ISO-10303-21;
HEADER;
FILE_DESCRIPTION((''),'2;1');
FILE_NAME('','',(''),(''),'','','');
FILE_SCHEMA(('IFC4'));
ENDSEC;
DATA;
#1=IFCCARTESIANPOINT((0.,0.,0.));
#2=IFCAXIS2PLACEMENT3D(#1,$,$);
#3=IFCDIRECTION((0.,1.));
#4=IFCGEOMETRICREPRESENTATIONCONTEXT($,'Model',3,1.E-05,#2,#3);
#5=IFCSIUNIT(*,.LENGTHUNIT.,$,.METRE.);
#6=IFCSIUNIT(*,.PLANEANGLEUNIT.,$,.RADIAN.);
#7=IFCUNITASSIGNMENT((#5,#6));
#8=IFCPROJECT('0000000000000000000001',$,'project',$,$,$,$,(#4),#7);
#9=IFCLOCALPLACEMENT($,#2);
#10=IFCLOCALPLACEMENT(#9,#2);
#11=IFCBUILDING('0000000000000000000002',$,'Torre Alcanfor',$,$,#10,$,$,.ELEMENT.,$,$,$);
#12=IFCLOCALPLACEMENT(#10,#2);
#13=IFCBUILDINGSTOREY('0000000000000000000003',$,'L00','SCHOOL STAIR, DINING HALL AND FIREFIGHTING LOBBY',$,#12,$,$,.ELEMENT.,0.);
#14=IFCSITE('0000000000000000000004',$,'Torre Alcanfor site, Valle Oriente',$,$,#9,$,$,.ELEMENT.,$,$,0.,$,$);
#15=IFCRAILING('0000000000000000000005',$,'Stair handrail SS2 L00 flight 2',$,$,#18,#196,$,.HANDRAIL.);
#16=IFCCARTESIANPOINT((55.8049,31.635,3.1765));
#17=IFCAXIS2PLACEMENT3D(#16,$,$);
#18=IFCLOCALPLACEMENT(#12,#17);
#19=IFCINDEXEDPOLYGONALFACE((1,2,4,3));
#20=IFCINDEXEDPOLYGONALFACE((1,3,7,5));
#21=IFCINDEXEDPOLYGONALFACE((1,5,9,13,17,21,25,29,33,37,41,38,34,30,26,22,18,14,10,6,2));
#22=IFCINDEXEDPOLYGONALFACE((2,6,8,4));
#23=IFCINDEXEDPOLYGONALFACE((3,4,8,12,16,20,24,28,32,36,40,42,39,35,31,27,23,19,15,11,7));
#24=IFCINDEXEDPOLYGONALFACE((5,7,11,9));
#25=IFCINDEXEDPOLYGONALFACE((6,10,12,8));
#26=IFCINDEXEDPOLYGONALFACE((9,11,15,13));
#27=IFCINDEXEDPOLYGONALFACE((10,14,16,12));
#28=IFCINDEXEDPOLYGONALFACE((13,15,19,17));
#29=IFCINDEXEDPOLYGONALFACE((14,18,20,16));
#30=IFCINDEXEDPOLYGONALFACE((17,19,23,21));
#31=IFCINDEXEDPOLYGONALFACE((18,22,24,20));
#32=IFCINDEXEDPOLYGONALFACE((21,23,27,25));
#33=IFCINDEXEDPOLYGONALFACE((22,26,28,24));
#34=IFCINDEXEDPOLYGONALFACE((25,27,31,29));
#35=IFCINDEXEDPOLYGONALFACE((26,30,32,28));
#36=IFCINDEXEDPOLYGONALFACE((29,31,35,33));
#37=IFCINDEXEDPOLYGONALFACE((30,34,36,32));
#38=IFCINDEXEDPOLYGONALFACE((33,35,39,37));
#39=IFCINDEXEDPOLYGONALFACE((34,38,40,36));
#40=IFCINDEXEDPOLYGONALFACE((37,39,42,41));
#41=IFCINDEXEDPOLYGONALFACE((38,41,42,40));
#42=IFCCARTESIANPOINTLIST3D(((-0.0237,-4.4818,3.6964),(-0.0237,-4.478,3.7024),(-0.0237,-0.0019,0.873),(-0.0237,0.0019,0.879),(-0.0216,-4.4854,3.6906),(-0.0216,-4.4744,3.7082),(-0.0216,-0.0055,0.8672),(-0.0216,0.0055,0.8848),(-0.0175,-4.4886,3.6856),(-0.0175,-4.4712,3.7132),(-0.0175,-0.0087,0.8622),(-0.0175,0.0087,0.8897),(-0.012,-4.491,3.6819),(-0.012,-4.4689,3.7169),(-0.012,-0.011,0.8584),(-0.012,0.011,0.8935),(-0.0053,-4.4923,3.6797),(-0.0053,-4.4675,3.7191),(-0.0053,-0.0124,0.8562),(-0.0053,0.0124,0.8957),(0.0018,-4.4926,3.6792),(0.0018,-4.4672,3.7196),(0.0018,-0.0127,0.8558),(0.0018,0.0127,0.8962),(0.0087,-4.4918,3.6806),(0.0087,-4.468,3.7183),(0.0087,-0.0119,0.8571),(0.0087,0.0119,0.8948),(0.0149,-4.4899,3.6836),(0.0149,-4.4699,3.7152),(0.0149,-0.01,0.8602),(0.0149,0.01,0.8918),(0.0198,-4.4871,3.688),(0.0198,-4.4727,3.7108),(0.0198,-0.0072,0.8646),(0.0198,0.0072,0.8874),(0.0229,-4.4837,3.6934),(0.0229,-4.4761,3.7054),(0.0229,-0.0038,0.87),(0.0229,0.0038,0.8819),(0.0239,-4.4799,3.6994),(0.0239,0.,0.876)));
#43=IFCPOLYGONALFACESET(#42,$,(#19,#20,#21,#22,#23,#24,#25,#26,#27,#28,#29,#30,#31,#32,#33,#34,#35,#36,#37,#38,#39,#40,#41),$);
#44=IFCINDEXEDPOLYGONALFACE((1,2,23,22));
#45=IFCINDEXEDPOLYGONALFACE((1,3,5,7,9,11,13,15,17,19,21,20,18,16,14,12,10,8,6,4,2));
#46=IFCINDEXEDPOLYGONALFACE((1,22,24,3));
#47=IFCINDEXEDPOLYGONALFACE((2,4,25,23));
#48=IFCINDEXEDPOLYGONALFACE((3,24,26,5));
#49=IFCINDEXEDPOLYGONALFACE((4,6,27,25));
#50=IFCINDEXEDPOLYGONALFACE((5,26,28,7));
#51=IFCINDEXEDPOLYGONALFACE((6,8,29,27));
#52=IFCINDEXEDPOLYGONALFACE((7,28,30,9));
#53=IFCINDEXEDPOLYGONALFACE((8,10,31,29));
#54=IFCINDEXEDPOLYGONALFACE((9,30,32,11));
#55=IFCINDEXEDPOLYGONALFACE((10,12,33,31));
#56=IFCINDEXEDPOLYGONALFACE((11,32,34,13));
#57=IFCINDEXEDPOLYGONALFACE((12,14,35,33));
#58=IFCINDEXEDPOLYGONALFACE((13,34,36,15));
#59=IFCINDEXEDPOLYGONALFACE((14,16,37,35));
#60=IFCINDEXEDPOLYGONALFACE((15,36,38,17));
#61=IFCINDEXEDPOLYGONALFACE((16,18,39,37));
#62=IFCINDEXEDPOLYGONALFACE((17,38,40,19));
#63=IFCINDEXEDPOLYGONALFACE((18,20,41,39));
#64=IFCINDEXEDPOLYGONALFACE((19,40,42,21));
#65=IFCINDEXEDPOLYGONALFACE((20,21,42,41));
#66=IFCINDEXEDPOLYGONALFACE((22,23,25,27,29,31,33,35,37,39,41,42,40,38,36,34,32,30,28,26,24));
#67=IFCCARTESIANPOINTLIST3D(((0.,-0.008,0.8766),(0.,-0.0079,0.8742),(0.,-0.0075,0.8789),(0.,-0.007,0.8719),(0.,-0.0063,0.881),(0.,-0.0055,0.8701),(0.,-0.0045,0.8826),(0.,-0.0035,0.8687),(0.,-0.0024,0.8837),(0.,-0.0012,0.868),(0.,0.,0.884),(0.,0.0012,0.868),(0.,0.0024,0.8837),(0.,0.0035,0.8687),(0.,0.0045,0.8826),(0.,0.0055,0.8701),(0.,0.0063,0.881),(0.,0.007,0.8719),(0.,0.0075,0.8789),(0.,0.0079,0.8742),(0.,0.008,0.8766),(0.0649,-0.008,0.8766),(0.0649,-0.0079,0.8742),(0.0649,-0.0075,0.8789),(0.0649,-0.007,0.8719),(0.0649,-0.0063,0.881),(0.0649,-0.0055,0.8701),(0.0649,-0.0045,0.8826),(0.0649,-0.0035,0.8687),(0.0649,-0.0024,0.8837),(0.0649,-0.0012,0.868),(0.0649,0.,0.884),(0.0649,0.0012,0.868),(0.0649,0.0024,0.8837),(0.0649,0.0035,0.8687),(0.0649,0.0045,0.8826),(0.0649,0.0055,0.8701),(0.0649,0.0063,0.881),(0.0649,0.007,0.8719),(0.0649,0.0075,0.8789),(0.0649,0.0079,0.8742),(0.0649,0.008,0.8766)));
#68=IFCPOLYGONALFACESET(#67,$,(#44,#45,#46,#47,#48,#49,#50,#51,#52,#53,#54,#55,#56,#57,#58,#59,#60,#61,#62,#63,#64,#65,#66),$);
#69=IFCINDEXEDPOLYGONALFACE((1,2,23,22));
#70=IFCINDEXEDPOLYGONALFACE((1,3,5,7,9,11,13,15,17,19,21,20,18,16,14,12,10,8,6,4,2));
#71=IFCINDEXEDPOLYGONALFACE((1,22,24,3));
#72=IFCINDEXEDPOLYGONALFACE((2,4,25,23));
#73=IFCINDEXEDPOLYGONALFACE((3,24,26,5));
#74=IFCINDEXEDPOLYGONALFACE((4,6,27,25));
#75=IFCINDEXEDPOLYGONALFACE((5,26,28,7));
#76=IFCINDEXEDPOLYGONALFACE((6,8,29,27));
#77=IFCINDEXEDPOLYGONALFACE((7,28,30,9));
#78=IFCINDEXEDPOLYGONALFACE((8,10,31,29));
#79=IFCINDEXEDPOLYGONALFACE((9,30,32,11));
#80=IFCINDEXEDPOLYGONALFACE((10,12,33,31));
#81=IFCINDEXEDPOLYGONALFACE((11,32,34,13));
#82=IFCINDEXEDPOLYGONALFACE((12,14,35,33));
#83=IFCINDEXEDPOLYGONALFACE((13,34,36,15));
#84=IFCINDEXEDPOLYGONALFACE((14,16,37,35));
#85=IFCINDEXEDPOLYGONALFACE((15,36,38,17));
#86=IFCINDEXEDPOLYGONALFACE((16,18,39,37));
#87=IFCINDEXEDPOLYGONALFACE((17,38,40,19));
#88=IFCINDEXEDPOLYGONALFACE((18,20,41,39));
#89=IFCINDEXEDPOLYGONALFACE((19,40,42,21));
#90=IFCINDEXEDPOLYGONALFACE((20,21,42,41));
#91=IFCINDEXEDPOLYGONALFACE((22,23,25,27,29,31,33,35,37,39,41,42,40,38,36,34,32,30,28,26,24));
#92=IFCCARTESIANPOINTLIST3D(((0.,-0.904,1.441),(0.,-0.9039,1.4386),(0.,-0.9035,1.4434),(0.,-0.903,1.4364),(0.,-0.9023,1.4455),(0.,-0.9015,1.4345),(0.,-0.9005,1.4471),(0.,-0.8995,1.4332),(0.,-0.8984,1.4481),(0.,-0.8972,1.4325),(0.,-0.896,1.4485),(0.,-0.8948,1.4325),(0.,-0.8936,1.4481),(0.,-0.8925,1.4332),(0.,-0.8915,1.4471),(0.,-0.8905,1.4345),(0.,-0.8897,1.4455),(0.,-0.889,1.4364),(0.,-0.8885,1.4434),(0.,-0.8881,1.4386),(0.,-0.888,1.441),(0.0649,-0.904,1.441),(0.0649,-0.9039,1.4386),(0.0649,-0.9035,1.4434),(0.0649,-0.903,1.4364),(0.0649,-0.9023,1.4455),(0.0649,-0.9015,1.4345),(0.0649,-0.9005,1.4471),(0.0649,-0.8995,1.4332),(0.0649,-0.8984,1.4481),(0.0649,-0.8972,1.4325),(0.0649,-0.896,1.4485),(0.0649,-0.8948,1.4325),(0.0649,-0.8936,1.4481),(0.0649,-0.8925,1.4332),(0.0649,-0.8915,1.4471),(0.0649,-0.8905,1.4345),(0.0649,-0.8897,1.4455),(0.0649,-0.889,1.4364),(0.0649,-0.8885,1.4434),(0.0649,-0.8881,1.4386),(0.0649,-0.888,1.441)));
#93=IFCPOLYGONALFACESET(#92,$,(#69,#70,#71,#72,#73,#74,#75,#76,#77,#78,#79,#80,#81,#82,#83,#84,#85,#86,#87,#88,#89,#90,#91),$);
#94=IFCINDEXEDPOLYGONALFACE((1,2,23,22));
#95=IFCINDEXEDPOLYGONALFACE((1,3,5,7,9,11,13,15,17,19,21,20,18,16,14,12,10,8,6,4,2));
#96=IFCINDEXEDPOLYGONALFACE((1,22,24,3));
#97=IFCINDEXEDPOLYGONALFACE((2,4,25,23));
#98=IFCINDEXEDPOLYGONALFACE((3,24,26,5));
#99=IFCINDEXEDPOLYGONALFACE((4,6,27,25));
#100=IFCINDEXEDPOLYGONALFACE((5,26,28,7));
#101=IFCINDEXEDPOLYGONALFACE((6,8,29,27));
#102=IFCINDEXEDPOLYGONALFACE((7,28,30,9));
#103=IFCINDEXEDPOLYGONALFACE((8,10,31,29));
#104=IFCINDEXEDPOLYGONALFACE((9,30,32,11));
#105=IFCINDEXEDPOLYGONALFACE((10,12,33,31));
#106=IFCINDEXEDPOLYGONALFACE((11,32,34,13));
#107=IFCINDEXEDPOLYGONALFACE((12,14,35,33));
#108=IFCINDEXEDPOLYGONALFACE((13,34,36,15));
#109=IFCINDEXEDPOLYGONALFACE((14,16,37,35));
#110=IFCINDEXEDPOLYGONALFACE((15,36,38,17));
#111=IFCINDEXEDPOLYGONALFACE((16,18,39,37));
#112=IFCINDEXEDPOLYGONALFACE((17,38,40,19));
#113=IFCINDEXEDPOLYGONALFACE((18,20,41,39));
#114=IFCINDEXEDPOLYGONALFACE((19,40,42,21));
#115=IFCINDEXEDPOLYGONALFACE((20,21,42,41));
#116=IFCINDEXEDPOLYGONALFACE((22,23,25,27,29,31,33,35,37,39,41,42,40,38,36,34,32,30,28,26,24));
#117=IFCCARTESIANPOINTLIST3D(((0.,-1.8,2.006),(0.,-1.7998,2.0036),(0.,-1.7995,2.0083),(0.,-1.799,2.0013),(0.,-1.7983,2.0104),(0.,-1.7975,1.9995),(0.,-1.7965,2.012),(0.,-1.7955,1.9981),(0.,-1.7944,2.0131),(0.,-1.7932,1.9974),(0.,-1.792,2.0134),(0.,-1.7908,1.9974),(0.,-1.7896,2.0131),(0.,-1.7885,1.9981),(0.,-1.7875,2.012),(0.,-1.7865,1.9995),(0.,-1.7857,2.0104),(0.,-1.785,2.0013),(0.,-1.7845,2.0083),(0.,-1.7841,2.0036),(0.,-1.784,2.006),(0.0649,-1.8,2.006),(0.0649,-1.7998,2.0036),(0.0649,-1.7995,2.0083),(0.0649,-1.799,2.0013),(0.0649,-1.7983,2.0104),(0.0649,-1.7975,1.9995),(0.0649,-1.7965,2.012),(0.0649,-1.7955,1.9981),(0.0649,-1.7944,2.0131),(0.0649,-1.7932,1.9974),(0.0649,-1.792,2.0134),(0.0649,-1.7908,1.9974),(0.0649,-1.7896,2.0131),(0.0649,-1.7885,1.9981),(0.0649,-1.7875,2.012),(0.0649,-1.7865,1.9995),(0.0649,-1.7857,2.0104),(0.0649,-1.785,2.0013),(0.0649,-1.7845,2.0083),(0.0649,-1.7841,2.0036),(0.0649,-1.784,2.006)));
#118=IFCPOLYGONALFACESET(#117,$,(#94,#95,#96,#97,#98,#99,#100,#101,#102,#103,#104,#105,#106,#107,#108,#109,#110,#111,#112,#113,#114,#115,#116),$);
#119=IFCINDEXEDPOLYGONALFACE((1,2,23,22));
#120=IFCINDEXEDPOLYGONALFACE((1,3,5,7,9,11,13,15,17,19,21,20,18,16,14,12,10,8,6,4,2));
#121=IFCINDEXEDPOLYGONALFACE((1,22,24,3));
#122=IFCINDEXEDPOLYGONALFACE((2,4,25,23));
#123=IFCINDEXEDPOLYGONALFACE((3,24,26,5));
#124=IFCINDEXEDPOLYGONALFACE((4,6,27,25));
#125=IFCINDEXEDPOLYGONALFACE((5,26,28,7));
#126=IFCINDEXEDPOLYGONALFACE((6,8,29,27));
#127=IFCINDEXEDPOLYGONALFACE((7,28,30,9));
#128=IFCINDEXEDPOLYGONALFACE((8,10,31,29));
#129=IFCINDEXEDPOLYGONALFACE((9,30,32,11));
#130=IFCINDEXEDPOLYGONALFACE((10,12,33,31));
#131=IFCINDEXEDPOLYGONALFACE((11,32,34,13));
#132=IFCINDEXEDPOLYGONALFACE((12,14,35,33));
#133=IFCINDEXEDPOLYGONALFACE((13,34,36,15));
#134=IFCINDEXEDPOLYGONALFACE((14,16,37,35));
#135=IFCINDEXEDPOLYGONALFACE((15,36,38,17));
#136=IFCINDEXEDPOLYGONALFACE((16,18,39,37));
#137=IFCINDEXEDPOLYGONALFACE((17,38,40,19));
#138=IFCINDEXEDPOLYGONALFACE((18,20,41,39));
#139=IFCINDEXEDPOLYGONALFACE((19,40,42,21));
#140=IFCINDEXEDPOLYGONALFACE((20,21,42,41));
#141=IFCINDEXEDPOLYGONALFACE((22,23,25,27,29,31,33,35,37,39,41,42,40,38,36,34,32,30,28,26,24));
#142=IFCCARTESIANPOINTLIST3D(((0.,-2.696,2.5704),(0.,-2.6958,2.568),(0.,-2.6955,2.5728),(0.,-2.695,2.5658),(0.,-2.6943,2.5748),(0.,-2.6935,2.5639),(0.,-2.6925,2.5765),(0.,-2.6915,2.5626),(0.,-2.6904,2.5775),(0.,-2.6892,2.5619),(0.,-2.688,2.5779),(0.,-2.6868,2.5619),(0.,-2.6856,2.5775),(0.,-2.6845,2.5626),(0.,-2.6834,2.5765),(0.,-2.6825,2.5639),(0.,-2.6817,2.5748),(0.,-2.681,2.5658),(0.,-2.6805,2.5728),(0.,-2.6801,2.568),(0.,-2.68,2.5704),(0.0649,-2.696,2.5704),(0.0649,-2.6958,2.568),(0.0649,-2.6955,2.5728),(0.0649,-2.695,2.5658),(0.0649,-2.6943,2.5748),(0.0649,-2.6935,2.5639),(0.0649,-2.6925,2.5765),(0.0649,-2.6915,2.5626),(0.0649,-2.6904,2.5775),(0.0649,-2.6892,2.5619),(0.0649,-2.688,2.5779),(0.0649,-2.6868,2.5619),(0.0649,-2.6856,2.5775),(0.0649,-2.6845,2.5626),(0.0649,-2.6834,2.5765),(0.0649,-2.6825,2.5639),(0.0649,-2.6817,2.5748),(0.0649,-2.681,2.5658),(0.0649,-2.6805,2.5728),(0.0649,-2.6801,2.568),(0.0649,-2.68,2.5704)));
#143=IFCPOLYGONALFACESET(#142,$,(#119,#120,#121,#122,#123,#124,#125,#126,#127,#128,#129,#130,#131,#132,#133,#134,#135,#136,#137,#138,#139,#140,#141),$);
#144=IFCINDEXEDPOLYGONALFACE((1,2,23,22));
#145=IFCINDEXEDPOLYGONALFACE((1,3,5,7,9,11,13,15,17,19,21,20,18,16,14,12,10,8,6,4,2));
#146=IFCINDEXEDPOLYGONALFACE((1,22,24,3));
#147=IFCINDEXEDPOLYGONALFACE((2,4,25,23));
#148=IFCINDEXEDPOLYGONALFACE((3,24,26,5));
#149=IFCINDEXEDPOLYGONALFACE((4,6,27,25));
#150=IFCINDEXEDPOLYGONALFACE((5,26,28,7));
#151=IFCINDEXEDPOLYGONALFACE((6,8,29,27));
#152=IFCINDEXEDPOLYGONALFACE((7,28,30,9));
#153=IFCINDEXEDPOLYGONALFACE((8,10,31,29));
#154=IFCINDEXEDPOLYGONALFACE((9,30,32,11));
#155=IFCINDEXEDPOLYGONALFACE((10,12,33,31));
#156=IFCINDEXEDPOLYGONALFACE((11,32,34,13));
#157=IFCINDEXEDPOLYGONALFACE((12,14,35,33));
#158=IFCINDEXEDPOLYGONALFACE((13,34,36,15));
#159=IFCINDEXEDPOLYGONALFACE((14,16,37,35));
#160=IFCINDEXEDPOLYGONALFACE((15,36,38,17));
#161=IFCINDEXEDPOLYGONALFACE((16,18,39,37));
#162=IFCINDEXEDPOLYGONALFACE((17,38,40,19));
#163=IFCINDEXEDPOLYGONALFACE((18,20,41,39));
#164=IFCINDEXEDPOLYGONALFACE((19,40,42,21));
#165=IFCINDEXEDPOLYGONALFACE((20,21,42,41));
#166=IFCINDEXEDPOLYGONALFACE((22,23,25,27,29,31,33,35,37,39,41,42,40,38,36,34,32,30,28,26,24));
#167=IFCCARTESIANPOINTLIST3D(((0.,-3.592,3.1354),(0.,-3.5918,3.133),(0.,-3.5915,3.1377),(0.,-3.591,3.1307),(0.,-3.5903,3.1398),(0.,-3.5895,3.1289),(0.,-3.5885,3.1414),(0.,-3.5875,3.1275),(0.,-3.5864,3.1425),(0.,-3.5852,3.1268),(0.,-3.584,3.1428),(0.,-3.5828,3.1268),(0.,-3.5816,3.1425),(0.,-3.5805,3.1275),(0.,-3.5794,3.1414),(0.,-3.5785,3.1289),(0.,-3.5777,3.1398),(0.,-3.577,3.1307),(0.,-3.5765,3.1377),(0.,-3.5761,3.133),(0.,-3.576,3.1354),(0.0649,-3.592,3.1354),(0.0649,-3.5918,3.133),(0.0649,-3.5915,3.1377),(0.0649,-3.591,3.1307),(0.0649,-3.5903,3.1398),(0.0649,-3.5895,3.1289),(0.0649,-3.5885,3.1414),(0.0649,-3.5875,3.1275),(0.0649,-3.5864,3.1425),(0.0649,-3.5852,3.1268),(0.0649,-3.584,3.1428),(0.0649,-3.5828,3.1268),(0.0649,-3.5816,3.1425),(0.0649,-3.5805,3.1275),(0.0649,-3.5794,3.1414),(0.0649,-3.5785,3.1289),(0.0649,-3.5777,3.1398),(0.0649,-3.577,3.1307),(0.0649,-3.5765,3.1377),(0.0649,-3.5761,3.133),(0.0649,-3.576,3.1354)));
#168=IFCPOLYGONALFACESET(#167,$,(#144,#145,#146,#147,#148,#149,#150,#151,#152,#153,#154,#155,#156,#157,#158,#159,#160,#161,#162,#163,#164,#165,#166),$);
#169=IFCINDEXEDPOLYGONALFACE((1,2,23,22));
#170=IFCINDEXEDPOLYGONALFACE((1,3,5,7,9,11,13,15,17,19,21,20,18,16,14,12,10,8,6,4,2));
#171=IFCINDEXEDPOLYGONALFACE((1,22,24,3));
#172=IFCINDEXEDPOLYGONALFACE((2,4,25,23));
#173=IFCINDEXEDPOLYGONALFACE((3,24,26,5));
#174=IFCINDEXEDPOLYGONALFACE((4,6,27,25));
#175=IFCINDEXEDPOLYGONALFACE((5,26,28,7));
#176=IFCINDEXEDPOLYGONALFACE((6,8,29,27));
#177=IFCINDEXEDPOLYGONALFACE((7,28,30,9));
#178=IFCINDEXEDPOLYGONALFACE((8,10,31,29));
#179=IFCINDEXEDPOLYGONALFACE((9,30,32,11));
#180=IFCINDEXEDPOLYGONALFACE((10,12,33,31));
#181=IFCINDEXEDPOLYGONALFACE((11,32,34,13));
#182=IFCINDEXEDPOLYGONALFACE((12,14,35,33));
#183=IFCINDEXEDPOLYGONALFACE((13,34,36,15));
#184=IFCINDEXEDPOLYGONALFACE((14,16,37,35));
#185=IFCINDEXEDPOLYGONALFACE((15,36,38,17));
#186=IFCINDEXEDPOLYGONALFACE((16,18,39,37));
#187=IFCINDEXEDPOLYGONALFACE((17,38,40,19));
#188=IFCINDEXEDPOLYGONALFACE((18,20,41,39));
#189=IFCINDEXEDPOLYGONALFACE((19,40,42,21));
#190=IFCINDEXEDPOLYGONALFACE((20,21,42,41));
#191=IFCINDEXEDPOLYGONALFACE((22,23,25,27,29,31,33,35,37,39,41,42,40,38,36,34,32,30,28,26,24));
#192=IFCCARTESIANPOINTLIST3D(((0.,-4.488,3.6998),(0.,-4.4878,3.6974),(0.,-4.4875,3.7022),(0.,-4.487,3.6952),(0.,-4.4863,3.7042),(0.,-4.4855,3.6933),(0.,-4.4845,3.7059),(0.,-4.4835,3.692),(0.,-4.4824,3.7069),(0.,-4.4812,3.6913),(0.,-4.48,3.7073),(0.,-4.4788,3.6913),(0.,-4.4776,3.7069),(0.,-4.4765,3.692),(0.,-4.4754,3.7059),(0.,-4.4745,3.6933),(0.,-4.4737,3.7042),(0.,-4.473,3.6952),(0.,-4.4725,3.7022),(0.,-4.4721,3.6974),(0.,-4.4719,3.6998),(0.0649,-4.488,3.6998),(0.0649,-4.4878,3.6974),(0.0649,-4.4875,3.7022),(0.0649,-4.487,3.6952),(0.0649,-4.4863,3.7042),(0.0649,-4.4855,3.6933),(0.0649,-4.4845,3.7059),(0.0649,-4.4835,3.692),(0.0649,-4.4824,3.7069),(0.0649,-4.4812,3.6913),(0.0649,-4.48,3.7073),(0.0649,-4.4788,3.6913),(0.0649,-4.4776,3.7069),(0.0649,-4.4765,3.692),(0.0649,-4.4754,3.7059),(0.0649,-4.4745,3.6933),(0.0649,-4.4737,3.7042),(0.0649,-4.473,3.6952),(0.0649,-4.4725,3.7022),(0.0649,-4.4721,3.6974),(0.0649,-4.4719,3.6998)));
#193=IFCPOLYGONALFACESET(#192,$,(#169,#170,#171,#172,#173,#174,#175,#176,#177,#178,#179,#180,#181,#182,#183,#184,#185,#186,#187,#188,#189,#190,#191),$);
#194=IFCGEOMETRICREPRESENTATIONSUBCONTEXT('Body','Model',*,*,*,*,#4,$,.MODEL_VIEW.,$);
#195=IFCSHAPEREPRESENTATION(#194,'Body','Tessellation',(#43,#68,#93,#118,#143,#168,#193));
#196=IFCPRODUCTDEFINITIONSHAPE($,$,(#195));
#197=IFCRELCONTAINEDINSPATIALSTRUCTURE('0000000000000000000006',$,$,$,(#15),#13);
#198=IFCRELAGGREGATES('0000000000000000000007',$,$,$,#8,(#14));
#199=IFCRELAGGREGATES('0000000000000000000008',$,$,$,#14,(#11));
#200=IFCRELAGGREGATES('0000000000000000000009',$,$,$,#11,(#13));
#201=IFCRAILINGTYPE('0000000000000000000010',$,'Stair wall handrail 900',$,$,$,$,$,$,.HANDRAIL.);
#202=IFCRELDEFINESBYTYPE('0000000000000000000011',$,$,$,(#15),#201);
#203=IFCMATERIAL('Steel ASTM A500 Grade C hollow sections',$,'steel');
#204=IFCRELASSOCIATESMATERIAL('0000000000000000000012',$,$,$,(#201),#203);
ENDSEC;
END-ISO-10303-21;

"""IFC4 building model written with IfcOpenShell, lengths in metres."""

from ifc_helpers import new_model, si_unit, direction, frame, origin, origin_2d, place, context, subcontext, project, spatial, circle, extrude, material, type_object, element, save


model = new_model("IFC4")

# Units and contexts
model_context = context("Model", 3, precision=1e-05, world=origin(), true_north=direction((0.0, 1.0)))
body_context = subcontext(model_context, "Body", "Model", "MODEL_VIEW")
ifc_project = project(units=[si_unit("LENGTHUNIT", "METRE"), si_unit("PLANEANGLEUNIT", "RADIAN")], contexts=[model_context])

# Site, building, storey
site_placement = place(None, origin())
site = spatial("IfcSite", under=ifc_project, at=site_placement, Name="Torre Alcanfor site, Valle Oriente", CompositionType="ELEMENT", RefElevation=0.0)
building_placement = place(site_placement, origin())
building = spatial("IfcBuilding", under=site, at=building_placement, Name="Torre Alcanfor", CompositionType="ELEMENT")
storey_placement = place(building_placement, origin())
storey = spatial("IfcBuildingStorey", under=building, at=storey_placement, Name="L00", Description="SCHOOL STAIR, DINING HALL AND FIREFIGHTING LOBBY", CompositionType="ELEMENT", Elevation=0.0)

# Railing
ifc_material_1 = material(Name="Steel ASTM A500 Grade C hollow sections", Category="steel")
railing_type_1 = type_object("IfcRailingType", Name="Stair wall handrail 900", PredefinedType="HANDRAIL", material=ifc_material_1)
railing_1_placement = place(storey_placement, frame((55.8049, 31.635, 3.1765)))
element("IfcRailing", 1, at=railing_1_placement, inside=storey, type_object=railing_type_1, Name="Stair handrail SS2 L00 flight 2", PredefinedType="HANDRAIL", context=body_context, shape_type="SweptSolid", body=[
    extrude(circle(Radius=0.0239, at=origin_2d()), frame((0.0, 0.0, 0.876), z_axis=(0.0, -0.845998, 0.533186), x_axis=(1.0, 0.0, 0.0)), (0.0, 0.0, 1.0), 5.2954),
    extrude(circle(Radius=0.0081, at=origin_2d()), frame((0.0, 0.0, 0.876), z_axis=(1.0, 0.0, 0.0), x_axis=(0.0, 0.0, 1.0)), (0.0, 0.0, 1.0), 0.0649),
    extrude(circle(Radius=0.0081, at=origin_2d()), frame((0.0, -0.896, 1.4404), z_axis=(1.0, 0.0, 0.0), x_axis=(0.0, 0.0, 1.0)), (0.0, 0.0, 1.0), 0.0649),
    extrude(circle(Radius=0.0081, at=origin_2d()), frame((0.0, -1.792, 2.0054), z_axis=(1.0, 0.0, 0.0), x_axis=(0.0, 0.0, 1.0)), (0.0, 0.0, 1.0), 0.0649),
    extrude(circle(Radius=0.0081, at=origin_2d()), frame((0.0, -2.688, 2.5698), z_axis=(1.0, 0.0, 0.0), x_axis=(0.0, 0.0, 1.0)), (0.0, 0.0, 1.0), 0.0649),
    extrude(circle(Radius=0.0081, at=origin_2d()), frame((0.0, -3.584, 3.1348), z_axis=(1.0, 0.0, 0.0), x_axis=(0.0, 0.0, 1.0)), (0.0, 0.0, 1.0), 0.0649),
    extrude(circle(Radius=0.0081, at=origin_2d()), frame((0.0, -4.48, 3.6992), z_axis=(1.0, 0.0, 0.0), x_axis=(0.0, 0.0, 1.0)), (0.0, 0.0, 1.0), 0.0649),
])

save(model, "model.ifc")
